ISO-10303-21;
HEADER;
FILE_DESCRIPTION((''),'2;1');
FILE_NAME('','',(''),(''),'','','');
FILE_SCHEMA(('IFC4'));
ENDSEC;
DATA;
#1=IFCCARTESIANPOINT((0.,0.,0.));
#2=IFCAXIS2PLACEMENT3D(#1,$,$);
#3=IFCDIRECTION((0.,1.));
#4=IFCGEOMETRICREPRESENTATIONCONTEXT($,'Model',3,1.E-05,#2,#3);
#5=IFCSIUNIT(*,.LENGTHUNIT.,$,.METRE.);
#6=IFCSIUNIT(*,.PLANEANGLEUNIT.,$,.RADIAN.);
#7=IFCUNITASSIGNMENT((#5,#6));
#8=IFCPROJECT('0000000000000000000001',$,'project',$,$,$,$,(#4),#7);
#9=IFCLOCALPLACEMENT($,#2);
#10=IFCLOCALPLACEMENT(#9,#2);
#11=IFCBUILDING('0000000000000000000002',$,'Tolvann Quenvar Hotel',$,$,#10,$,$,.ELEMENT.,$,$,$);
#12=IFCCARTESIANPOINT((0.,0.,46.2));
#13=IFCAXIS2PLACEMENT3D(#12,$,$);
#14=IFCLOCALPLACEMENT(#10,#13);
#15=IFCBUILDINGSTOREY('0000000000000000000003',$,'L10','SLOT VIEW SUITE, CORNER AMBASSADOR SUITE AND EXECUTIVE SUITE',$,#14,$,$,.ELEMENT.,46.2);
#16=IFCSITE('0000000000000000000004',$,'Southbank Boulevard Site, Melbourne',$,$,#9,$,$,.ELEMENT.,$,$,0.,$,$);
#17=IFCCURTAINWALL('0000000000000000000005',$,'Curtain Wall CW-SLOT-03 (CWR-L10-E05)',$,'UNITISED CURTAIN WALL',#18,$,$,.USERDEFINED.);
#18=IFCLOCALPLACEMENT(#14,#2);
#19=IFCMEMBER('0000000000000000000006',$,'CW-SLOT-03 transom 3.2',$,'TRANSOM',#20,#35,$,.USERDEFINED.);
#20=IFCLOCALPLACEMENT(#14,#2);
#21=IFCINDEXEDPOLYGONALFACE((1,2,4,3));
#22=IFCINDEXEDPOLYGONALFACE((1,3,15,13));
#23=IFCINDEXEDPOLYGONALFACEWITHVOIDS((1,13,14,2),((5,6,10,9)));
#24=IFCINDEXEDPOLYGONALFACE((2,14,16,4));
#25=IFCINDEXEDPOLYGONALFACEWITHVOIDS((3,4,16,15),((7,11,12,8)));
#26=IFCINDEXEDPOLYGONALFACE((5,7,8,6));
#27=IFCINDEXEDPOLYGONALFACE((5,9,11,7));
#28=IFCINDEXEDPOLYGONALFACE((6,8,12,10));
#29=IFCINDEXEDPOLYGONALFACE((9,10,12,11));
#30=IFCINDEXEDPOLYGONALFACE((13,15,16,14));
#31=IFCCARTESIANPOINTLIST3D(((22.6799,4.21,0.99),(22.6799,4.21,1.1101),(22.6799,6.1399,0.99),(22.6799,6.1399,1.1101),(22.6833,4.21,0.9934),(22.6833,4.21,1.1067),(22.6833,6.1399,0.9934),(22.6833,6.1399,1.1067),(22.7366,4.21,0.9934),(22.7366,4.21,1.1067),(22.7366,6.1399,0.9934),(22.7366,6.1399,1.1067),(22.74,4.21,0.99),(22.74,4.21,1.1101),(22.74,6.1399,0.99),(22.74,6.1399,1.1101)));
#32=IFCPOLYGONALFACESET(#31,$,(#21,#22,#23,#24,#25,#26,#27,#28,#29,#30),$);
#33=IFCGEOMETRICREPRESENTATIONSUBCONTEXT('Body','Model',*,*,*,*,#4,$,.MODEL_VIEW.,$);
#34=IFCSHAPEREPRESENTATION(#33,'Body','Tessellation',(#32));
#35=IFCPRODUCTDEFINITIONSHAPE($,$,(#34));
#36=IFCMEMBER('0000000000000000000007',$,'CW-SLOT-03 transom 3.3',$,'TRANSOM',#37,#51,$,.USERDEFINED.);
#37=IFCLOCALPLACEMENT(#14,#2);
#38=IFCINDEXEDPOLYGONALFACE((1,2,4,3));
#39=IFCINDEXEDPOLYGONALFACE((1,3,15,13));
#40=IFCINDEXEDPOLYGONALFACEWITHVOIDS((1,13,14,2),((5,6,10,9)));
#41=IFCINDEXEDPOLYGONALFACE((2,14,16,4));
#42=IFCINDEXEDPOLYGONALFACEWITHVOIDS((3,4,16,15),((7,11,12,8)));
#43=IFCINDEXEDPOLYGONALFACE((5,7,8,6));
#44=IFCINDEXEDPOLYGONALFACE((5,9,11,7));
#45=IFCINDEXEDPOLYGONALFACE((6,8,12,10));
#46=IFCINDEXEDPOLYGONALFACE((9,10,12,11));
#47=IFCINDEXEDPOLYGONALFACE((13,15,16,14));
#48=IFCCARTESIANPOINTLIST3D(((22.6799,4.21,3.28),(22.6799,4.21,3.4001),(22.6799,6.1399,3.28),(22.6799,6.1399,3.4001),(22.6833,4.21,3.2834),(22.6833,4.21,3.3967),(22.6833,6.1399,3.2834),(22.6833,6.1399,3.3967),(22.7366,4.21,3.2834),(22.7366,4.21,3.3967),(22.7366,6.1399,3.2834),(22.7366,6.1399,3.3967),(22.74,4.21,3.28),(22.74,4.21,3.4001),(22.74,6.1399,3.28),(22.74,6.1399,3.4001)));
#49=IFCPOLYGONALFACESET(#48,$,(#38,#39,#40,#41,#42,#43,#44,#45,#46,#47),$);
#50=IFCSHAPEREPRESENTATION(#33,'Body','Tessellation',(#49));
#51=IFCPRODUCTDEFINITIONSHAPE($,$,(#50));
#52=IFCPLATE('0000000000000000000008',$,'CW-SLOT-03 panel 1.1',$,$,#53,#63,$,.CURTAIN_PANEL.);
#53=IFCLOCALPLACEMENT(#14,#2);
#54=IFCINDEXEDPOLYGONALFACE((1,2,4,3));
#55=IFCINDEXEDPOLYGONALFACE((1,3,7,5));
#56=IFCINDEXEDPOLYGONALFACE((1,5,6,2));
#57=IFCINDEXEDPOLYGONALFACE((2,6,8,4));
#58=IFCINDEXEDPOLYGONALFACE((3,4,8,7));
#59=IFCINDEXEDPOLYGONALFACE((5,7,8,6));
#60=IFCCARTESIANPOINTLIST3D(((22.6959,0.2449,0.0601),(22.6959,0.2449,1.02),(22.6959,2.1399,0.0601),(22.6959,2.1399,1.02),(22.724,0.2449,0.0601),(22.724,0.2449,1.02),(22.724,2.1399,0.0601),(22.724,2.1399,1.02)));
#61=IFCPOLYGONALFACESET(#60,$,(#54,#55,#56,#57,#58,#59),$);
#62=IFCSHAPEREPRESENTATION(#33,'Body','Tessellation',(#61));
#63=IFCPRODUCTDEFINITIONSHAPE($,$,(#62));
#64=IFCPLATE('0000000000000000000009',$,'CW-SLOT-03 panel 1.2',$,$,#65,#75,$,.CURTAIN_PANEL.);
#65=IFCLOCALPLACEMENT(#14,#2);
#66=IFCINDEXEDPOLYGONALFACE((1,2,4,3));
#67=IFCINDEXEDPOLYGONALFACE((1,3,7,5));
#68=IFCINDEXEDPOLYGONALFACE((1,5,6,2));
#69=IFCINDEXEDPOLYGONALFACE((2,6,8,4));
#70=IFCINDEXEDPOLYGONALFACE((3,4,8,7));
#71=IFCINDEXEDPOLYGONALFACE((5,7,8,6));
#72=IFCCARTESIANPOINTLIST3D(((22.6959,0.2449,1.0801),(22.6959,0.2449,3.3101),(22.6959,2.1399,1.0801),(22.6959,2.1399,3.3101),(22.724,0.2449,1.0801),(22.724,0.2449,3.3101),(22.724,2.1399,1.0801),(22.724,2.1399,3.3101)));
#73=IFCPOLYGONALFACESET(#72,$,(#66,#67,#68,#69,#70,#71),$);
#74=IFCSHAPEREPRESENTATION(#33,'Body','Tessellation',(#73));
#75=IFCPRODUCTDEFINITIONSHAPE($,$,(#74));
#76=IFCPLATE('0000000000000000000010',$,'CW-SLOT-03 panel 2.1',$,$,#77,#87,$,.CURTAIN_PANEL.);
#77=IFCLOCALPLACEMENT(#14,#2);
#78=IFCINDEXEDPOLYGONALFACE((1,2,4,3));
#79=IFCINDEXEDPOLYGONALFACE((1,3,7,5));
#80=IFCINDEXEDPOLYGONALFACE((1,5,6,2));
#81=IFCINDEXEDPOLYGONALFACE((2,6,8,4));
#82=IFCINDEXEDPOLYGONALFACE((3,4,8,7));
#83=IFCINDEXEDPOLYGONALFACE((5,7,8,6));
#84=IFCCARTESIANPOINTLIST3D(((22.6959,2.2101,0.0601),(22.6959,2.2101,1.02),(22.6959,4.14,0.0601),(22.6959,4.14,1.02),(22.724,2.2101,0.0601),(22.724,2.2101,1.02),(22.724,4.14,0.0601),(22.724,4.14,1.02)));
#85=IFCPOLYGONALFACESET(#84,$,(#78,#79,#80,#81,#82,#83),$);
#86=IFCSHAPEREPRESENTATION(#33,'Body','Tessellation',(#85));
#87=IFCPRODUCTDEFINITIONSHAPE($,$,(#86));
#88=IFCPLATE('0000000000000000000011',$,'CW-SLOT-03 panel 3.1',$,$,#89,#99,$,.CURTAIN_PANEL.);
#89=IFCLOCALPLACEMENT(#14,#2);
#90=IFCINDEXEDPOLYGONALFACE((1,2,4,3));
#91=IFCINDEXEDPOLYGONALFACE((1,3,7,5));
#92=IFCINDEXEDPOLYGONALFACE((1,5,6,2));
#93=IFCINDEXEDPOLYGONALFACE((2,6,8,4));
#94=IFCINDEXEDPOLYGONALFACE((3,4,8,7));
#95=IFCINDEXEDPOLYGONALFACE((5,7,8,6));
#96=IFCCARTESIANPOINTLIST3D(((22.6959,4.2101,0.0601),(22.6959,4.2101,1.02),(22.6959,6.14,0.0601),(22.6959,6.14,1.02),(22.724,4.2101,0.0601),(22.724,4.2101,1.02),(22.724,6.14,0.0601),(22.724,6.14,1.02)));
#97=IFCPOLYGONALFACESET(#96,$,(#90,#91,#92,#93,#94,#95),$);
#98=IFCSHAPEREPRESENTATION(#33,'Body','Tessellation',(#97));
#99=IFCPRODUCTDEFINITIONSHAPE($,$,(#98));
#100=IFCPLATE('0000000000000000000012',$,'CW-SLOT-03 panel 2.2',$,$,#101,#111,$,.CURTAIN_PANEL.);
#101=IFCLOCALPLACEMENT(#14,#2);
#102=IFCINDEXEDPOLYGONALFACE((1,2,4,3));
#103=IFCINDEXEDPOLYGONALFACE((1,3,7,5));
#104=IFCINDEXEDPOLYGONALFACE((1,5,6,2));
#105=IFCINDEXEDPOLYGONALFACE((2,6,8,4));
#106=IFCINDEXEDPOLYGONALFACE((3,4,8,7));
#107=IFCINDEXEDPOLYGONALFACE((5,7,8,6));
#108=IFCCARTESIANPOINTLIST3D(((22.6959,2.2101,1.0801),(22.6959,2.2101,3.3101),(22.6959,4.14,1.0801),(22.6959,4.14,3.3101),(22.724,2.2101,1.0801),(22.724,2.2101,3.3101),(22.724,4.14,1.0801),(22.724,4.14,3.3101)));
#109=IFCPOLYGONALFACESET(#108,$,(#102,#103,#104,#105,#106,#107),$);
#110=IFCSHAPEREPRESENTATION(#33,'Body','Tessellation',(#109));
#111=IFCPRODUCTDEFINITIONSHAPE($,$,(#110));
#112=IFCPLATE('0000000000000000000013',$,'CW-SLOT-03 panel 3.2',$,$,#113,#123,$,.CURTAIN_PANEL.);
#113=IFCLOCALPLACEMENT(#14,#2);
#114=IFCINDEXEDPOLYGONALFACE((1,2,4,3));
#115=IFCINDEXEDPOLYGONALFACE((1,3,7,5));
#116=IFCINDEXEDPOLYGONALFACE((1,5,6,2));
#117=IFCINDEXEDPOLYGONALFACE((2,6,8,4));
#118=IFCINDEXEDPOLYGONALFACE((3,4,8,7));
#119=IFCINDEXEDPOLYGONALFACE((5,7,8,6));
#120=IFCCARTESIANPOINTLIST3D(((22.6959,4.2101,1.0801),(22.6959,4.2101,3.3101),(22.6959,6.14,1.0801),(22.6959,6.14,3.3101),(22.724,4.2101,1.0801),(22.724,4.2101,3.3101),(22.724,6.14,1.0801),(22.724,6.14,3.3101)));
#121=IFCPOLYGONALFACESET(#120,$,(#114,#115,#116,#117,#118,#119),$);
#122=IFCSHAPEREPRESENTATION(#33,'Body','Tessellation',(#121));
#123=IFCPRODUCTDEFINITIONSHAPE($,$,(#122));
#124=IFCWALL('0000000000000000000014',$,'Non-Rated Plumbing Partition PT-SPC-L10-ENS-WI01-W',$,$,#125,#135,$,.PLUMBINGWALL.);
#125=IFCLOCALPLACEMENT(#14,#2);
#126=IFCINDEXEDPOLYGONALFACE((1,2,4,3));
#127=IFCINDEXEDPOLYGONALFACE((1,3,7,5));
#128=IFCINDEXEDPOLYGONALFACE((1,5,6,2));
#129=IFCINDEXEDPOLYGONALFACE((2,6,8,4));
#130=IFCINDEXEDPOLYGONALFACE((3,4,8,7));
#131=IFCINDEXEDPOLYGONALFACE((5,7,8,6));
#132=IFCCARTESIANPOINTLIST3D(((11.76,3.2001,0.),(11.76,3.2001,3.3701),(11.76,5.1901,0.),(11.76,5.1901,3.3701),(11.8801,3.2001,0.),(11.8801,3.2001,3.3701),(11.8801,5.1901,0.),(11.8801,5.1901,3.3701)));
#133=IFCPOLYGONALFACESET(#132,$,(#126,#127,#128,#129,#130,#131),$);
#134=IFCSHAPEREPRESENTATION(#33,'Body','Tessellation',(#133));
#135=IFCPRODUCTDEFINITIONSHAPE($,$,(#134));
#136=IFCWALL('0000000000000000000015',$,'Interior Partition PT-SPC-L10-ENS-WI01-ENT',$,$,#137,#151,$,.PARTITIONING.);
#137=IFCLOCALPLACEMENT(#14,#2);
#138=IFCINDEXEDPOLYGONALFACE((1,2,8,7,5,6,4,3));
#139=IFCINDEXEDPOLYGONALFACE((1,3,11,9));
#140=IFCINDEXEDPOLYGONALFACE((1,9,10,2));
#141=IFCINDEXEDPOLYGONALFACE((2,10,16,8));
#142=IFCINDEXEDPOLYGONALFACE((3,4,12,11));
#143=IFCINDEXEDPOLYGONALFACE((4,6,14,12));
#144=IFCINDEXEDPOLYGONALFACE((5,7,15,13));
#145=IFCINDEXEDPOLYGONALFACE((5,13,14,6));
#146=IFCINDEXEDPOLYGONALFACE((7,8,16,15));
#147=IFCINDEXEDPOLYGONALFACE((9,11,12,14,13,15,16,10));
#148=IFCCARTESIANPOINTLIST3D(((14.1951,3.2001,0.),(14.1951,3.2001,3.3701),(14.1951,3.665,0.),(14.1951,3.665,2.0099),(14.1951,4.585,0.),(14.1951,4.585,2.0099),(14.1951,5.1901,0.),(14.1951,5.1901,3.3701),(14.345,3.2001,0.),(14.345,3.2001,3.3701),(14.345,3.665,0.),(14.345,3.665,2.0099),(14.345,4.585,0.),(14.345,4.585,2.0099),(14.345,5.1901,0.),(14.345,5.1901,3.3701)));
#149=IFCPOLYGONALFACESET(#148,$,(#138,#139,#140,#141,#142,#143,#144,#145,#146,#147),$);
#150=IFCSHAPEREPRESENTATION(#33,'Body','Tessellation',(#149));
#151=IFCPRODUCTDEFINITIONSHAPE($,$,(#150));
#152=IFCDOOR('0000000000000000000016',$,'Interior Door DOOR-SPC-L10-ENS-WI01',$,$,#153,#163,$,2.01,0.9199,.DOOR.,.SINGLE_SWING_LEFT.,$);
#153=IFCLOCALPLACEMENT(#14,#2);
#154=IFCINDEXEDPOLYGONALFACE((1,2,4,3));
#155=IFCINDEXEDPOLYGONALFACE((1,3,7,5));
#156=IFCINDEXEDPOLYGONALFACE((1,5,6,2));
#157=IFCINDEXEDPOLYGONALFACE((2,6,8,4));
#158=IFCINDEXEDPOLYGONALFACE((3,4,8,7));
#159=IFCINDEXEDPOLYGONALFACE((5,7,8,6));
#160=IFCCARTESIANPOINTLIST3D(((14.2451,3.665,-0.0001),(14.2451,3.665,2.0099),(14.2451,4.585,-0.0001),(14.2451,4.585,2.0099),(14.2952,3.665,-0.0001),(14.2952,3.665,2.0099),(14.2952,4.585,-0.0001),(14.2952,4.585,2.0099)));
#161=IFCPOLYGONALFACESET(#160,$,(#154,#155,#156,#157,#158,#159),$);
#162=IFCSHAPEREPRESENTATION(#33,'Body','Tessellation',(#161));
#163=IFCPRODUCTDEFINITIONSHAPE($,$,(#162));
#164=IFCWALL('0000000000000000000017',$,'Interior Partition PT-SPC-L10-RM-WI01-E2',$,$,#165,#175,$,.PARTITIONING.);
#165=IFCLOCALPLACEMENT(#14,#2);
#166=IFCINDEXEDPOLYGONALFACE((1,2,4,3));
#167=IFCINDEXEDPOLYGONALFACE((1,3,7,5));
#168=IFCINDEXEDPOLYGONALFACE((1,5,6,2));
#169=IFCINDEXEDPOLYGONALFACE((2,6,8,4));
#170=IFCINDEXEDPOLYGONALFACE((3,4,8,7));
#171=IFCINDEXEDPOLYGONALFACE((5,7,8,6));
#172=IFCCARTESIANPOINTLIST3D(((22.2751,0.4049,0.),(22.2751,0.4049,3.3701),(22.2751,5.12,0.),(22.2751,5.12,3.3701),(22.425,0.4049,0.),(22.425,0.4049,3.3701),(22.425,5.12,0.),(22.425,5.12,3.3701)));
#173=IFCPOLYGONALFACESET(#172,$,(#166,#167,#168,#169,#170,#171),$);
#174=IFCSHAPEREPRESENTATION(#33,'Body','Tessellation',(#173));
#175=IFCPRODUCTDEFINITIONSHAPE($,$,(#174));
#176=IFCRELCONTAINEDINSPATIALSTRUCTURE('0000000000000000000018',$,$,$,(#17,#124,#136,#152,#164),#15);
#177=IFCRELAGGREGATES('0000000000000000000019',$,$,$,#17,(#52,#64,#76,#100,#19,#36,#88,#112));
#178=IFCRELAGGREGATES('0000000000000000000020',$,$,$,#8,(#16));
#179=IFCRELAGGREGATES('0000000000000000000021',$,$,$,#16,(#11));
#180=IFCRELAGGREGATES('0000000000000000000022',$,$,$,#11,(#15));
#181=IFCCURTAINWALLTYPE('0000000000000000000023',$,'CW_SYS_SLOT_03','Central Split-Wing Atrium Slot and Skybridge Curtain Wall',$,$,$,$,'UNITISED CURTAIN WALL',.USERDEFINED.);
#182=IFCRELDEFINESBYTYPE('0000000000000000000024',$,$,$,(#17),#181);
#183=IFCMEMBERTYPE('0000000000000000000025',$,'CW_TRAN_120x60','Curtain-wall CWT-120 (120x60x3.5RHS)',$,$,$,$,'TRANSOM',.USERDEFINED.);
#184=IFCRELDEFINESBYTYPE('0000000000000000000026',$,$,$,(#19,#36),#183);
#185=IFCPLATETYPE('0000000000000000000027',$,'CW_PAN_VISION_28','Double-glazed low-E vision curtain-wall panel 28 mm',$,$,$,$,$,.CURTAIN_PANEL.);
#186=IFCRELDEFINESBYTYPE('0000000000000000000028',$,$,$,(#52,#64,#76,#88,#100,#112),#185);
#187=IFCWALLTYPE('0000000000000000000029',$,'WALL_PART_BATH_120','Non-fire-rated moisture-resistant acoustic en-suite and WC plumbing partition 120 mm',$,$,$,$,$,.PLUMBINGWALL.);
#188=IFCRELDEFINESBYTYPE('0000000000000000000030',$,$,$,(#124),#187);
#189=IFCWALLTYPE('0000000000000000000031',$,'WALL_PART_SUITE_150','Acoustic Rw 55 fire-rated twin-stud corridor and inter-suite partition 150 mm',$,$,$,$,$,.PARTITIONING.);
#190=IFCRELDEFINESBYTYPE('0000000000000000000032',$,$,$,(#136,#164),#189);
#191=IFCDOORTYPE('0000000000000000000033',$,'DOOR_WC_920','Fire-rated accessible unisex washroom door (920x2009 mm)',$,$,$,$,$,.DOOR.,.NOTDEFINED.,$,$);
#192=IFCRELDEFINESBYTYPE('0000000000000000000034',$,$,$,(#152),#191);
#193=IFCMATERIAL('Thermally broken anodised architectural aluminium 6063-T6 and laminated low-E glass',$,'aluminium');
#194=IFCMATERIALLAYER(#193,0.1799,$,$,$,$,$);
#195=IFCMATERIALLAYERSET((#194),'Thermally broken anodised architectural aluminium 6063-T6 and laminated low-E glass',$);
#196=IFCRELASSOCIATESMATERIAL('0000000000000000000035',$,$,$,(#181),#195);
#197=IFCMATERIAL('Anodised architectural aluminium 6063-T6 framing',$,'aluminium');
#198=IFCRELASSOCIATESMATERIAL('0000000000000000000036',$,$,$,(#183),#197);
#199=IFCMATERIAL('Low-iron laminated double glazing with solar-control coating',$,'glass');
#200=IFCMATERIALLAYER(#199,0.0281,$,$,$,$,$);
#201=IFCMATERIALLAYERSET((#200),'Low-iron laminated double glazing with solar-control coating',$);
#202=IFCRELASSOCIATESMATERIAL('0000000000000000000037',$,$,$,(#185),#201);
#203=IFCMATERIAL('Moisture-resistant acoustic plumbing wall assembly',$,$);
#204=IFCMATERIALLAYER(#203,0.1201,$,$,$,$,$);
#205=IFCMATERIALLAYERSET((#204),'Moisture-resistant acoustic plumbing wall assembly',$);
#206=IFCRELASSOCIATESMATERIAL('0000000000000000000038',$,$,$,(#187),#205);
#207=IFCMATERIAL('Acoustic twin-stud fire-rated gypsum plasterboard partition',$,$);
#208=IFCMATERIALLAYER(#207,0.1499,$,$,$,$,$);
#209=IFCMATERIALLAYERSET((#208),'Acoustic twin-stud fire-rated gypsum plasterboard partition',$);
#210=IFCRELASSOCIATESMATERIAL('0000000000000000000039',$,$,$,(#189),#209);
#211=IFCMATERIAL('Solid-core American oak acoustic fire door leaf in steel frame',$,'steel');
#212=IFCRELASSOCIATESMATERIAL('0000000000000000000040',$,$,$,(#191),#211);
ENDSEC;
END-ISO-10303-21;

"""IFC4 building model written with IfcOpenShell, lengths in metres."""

from ifc_helpers import new_model, si_unit, direction, frame, frame_2d, origin, origin_2d, place, context, subcontext, project, spatial, rectangle, hollow_rectangle, extrude, source, transform, mapped, material, layer, layer_set, material_profile, profile_set, type_object, type_shapes, element, fill, aggregate, save


model = new_model("IFC4")

# Units and contexts
model_context = context("Model", 3, precision=1e-05, world=origin(), true_north=direction((0.0, 1.0)))
body_context = subcontext(model_context, "Body", "Model", "MODEL_VIEW")
ifc_project = project(units=[si_unit("LENGTHUNIT", "METRE"), si_unit("PLANEANGLEUNIT", "RADIAN")], contexts=[model_context])

# Site, building, storey
site_placement = place(None, origin())
site = spatial("IfcSite", under=ifc_project, at=site_placement, Name="Southbank Boulevard Site, Melbourne", CompositionType="ELEMENT", RefElevation=0.0)
building_placement = place(site_placement, origin())
building = spatial("IfcBuilding", under=site, at=building_placement, Name="Tolvann Quenvar Hotel", CompositionType="ELEMENT")
storey_placement = place(building_placement, frame((0.0, 0.0, 46.2)))
storey = spatial("IfcBuildingStorey", under=building, at=storey_placement, Name="L10", Description="SLOT VIEW SUITE, CORNER AMBASSADOR SUITE AND EXECUTIVE SUITE", CompositionType="ELEMENT", Elevation=46.2)

# Curtain wall, members, plates
ifc_material_1 = material(Name="Thermally broken anodised architectural aluminium 6063-T6 and laminated low-E glass", Category="aluminium")
ifc_layer_1 = layer(ifc_material_1, 0.1799)
ifc_layer_set_1 = layer_set([ifc_layer_1], Name="Thermally broken anodised architectural aluminium 6063-T6 and laminated low-E glass")
curtain_wall_type = type_object("IfcCurtainWallType", Name="CW_SYS_SLOT_03", Description="Central Split-Wing Atrium Slot and Skybridge Curtain Wall", ElementType="UNITISED CURTAIN WALL", PredefinedType="USERDEFINED", material=ifc_layer_set_1)
curtain_wall_placement = place(storey_placement, origin())
curtain_wall = element("IfcCurtainWall", 1, at=curtain_wall_placement, inside=storey, type_object=curtain_wall_type, Name="Curtain Wall CW-SLOT-03 (CWR-L10-E05)", ObjectType="UNITISED CURTAIN WALL", PredefinedType="USERDEFINED")
ifc_material_2 = material(Name="Anodised architectural aluminium 6063-T6 framing", Category="aluminium")
ifc_material_profile_1 = material_profile(ifc_material_2, hollow_rectangle(XDim=0.0601, YDim=0.1201, WallThickness=0.0034, at=origin_2d()), Name="120x60x3.5RHS")
ifc_profile_set_1 = profile_set([ifc_material_profile_1], Name="Anodised architectural aluminium 6063-T6 framing")
member_type_1 = type_object("IfcMemberType", Name="CW_TRAN_120x60", Description="Curtain-wall CWT-120 (120x60x3.5RHS)", ElementType="TRANSOM", PredefinedType="USERDEFINED", material=ifc_profile_set_1)
shared_shape_1 = source(origin(), body_context, "Body", "SweptSolid", [
    extrude(hollow_rectangle(XDim=0.0601, YDim=0.1201, WallThickness=0.0034, at=origin_2d()), origin(), (0.0, 0.0, 1.0), 1.9299),
])
member_1_placement = place(storey_placement, frame((22.71, 4.21, 1.05), z_axis=(0.0, 1.0, 0.0), x_axis=(-1.0, 0.0, 0.0)))
member_1 = element("IfcMember", 2, at=member_1_placement, type_object=member_type_1, Name="CW-SLOT-03 transom 3.2", ObjectType="TRANSOM", PredefinedType="USERDEFINED", context=body_context, shape_type="MappedRepresentation", body=[
    mapped(shared_shape_1, transform((0.0, 0.0, 0.0), x_axis=(1.0, 0.0, 0.0), y_axis=(0.0, 1.0, 0.0), z_axis=(0.0, 0.0, 1.0), scale=1.0)),
])
member_2_placement = place(storey_placement, frame((22.71, 4.21, 3.3401), z_axis=(0.0, 1.0, 0.0), x_axis=(-1.0, 0.0, 0.0)))
member_2 = element("IfcMember", 3, at=member_2_placement, type_object=member_type_1, Name="CW-SLOT-03 transom 3.3", ObjectType="TRANSOM", PredefinedType="USERDEFINED", context=body_context, shape_type="MappedRepresentation", body=[
    mapped(shared_shape_1, transform((0.0, 0.0, 0.0), x_axis=(1.0, 0.0, 0.0), y_axis=(0.0, 1.0, 0.0), z_axis=(0.0, 0.0, 1.0), scale=1.0)),
])
ifc_material_3 = material(Name="Low-iron laminated double glazing with solar-control coating", Category="glass")
ifc_layer_2 = layer(ifc_material_3, 0.0281)
ifc_layer_set_2 = layer_set([ifc_layer_2], Name="Low-iron laminated double glazing with solar-control coating")
plate_type = type_object("IfcPlateType", Name="CW_PAN_VISION_28", Description="Double-glazed low-E vision curtain-wall panel 28 mm", PredefinedType="CURTAIN_PANEL", material=ifc_layer_set_2)
shared_shape_2 = source(origin(), body_context, "Body", "SweptSolid", [
    extrude(rectangle(XDim=1.895, YDim=0.0281, at=origin_2d()), origin(), (0.0, 0.0, 1.0), 0.96),
])
plate_1_placement = place(storey_placement, frame((22.71, 1.1924, 0.0601), z_axis=(0.0, 0.0, 1.0), x_axis=(0.0, 1.0, 0.0)))
plate_1 = element("IfcPlate", 4, at=plate_1_placement, type_object=plate_type, Name="CW-SLOT-03 panel 1.1", PredefinedType="CURTAIN_PANEL", context=body_context, shape_type="MappedRepresentation", body=[
    mapped(shared_shape_2, transform((0.0, 0.0, 0.0), x_axis=(1.0, 0.0, 0.0), y_axis=(0.0, 1.0, 0.0), z_axis=(0.0, 0.0, 1.0), scale=1.0)),
])
shared_shape_3 = source(origin(), body_context, "Body", "SweptSolid", [
    extrude(rectangle(XDim=1.895, YDim=0.0281, at=origin_2d()), origin(), (0.0, 0.0, 1.0), 2.23),
])
plate_2_placement = place(storey_placement, frame((22.71, 1.1924, 1.0801), z_axis=(0.0, 0.0, 1.0), x_axis=(0.0, 1.0, 0.0)))
plate_2 = element("IfcPlate", 5, at=plate_2_placement, type_object=plate_type, Name="CW-SLOT-03 panel 1.2", PredefinedType="CURTAIN_PANEL", context=body_context, shape_type="MappedRepresentation", body=[
    mapped(shared_shape_3, transform((0.0, 0.0, 0.0), x_axis=(1.0, 0.0, 0.0), y_axis=(0.0, 1.0, 0.0), z_axis=(0.0, 0.0, 1.0), scale=1.0)),
])
shared_shape_4 = source(origin(), body_context, "Body", "SweptSolid", [
    extrude(rectangle(XDim=1.9299, YDim=0.0281, at=origin_2d()), origin(), (0.0, 0.0, 1.0), 0.96),
])
plate_3_placement = place(storey_placement, frame((22.71, 3.175, 0.0601), z_axis=(0.0, 0.0, 1.0), x_axis=(0.0, 1.0, 0.0)))
plate_3 = element("IfcPlate", 6, at=plate_3_placement, type_object=plate_type, Name="CW-SLOT-03 panel 2.1", PredefinedType="CURTAIN_PANEL", context=body_context, shape_type="MappedRepresentation", body=[
    mapped(shared_shape_4, transform((0.0, 0.0, 0.0), x_axis=(1.0, 0.0, 0.0), y_axis=(0.0, 1.0, 0.0), z_axis=(0.0, 0.0, 1.0), scale=1.0)),
])
plate_4_placement = place(storey_placement, frame((22.71, 5.175, 0.0601), z_axis=(0.0, 0.0, 1.0), x_axis=(0.0, 1.0, 0.0)))
plate_4 = element("IfcPlate", 7, at=plate_4_placement, type_object=plate_type, Name="CW-SLOT-03 panel 3.1", PredefinedType="CURTAIN_PANEL", context=body_context, shape_type="MappedRepresentation", body=[
    mapped(shared_shape_4, transform((0.0, 0.0, 0.0), x_axis=(1.0, 0.0, 0.0), y_axis=(0.0, 1.0, 0.0), z_axis=(0.0, 0.0, 1.0), scale=1.0)),
])
shared_shape_5 = source(origin(), body_context, "Body", "SweptSolid", [
    extrude(rectangle(XDim=1.9299, YDim=0.0281, at=origin_2d()), origin(), (0.0, 0.0, 1.0), 2.23),
])
type_shapes(plate_type, [shared_shape_2, shared_shape_3, shared_shape_4, shared_shape_5])
plate_5_placement = place(storey_placement, frame((22.71, 3.175, 1.0801), z_axis=(0.0, 0.0, 1.0), x_axis=(0.0, 1.0, 0.0)))
plate_5 = element("IfcPlate", 8, at=plate_5_placement, type_object=plate_type, Name="CW-SLOT-03 panel 2.2", PredefinedType="CURTAIN_PANEL", context=body_context, shape_type="MappedRepresentation", body=[
    mapped(shared_shape_5, transform((0.0, 0.0, 0.0), x_axis=(1.0, 0.0, 0.0), y_axis=(0.0, 1.0, 0.0), z_axis=(0.0, 0.0, 1.0), scale=1.0)),
])
plate_6_placement = place(storey_placement, frame((22.71, 5.175, 1.0801), z_axis=(0.0, 0.0, 1.0), x_axis=(0.0, 1.0, 0.0)))
plate_6 = element("IfcPlate", 9, at=plate_6_placement, type_object=plate_type, Name="CW-SLOT-03 panel 3.2", PredefinedType="CURTAIN_PANEL", context=body_context, shape_type="MappedRepresentation", body=[
    mapped(shared_shape_5, transform((0.0, 0.0, 0.0), x_axis=(1.0, 0.0, 0.0), y_axis=(0.0, 1.0, 0.0), z_axis=(0.0, 0.0, 1.0), scale=1.0)),
])
aggregate(curtain_wall, [plate_1, plate_2, plate_3, plate_5, member_1, member_2, plate_4, plate_6])

# Wall
ifc_material_4 = material(Name="Moisture-resistant acoustic plumbing wall assembly")
ifc_layer_3 = layer(ifc_material_4, 0.1201)
ifc_layer_set_3 = layer_set([ifc_layer_3], Name="Moisture-resistant acoustic plumbing wall assembly")
wall_type_1 = type_object("IfcWallType", Name="WALL_PART_BATH_120", Description="Non-fire-rated moisture-resistant acoustic en-suite and WC plumbing partition 120 mm", PredefinedType="PLUMBINGWALL", material=ifc_layer_set_3)
wall_1_placement = place(storey_placement, frame((11.8201, 3.2, 0.0), z_axis=(0.0, 0.0, 1.0), x_axis=(0.0, 1.0, 0.0)))
element("IfcWall", 10, at=wall_1_placement, inside=storey, type_object=wall_type_1, Name="Non-Rated Plumbing Partition PT-SPC-L10-ENS-WI01-W", PredefinedType="PLUMBINGWALL", context=body_context, shape_type="SweptSolid", body=[
    extrude(rectangle(XDim=1.99, YDim=0.1201, at=frame_2d((0.9951, 0.0))), origin(), (0.0, 0.0, 1.0), 3.3701),
])

# Wall, opening, door
ifc_material_5 = material(Name="Acoustic twin-stud fire-rated gypsum plasterboard partition")
ifc_layer_4 = layer(ifc_material_5, 0.1499)
ifc_layer_set_4 = layer_set([ifc_layer_4], Name="Acoustic twin-stud fire-rated gypsum plasterboard partition")
wall_type_2 = type_object("IfcWallType", Name="WALL_PART_SUITE_150", Description="Acoustic Rw 55 fire-rated twin-stud corridor and inter-suite partition 150 mm", PredefinedType="PARTITIONING", material=ifc_layer_set_4)
wall_2_placement = place(storey_placement, frame((14.27, 3.2, 0.0), z_axis=(0.0, 0.0, 1.0), x_axis=(0.0, 1.0, 0.0)))
wall_2 = element("IfcWall", 11, at=wall_2_placement, inside=storey, type_object=wall_type_2, Name="Interior Partition PT-SPC-L10-ENS-WI01-ENT", PredefinedType="PARTITIONING", context=body_context, shape_type="SweptSolid", body=[
    extrude(rectangle(XDim=1.99, YDim=0.1499, at=frame_2d((0.9951, 0.0))), origin(), (0.0, 0.0, 1.0), 3.3701),
])
opening_1_placement = place(wall_2_placement, frame((0.4651, 0.0, 0.0)))
opening_1 = element("IfcOpeningElement", 12, at=opening_1_placement, cuts=wall_2, PredefinedType="OPENING", context=body_context, shape_type="SweptSolid", body=[
    extrude(rectangle(XDim=0.9199, YDim=2.01, at=frame_2d((0.46, 1.0049))), frame((0.0, 0.085, 0.0), z_axis=(0.0, -1.0, 0.0), x_axis=(1.0, 0.0, 0.0)), (0.0, 0.0, 1.0), 0.1699),
])
ifc_material_6 = material(Name="Solid-core American oak acoustic fire door leaf in steel frame", Category="steel")
door_type_1 = type_object("IfcDoorType", Name="DOOR_WC_920", Description="Fire-rated accessible unisex washroom door (920x2009 mm)", OperationType="NOTDEFINED", PredefinedType="DOOR", material=ifc_material_6)
shared_shape_6 = source(origin(), body_context, "Body", "SweptSolid", [
    extrude(rectangle(XDim=0.9199, YDim=2.01, at=frame_2d((0.46, 1.0049))), frame((0.0, 0.0249, 0.0), z_axis=(0.0, -1.0, 0.0), x_axis=(1.0, 0.0, 0.0)), (0.0, 0.0, 1.0), 0.05),
])
type_shapes(door_type_1, [shared_shape_6])
door_1_placement = place(opening_1_placement, origin())
door_1 = element("IfcDoor", 13, at=door_1_placement, inside=storey, type_object=door_type_1, Name="Interior Door DOOR-SPC-L10-ENS-WI01", OperationType="SINGLE_SWING_LEFT", OverallHeight=2.01, OverallWidth=0.9199, PredefinedType="DOOR", context=body_context, shape_type="MappedRepresentation", body=[
    mapped(shared_shape_6, transform((0.0, 0.0, 0.0), x_axis=(1.0, 0.0, 0.0), y_axis=(0.0, 1.0, 0.0), z_axis=(0.0, 0.0, 1.0), scale=1.0)),
])
fill(opening_1, door_1)

# Wall
wall_3_placement = place(storey_placement, frame((22.3501, 0.405, 0.0), z_axis=(0.0, 0.0, 1.0), x_axis=(0.0, 1.0, 0.0)))
element("IfcWall", 14, at=wall_3_placement, inside=storey, type_object=wall_type_2, Name="Interior Partition PT-SPC-L10-RM-WI01-E2", PredefinedType="PARTITIONING", context=body_context, shape_type="SweptSolid", body=[
    extrude(rectangle(XDim=4.7151, YDim=0.1499, at=frame_2d((2.3574, 0.0))), origin(), (0.0, 0.0, 1.0), 3.3701),
])

save(model, "model.ifc")
